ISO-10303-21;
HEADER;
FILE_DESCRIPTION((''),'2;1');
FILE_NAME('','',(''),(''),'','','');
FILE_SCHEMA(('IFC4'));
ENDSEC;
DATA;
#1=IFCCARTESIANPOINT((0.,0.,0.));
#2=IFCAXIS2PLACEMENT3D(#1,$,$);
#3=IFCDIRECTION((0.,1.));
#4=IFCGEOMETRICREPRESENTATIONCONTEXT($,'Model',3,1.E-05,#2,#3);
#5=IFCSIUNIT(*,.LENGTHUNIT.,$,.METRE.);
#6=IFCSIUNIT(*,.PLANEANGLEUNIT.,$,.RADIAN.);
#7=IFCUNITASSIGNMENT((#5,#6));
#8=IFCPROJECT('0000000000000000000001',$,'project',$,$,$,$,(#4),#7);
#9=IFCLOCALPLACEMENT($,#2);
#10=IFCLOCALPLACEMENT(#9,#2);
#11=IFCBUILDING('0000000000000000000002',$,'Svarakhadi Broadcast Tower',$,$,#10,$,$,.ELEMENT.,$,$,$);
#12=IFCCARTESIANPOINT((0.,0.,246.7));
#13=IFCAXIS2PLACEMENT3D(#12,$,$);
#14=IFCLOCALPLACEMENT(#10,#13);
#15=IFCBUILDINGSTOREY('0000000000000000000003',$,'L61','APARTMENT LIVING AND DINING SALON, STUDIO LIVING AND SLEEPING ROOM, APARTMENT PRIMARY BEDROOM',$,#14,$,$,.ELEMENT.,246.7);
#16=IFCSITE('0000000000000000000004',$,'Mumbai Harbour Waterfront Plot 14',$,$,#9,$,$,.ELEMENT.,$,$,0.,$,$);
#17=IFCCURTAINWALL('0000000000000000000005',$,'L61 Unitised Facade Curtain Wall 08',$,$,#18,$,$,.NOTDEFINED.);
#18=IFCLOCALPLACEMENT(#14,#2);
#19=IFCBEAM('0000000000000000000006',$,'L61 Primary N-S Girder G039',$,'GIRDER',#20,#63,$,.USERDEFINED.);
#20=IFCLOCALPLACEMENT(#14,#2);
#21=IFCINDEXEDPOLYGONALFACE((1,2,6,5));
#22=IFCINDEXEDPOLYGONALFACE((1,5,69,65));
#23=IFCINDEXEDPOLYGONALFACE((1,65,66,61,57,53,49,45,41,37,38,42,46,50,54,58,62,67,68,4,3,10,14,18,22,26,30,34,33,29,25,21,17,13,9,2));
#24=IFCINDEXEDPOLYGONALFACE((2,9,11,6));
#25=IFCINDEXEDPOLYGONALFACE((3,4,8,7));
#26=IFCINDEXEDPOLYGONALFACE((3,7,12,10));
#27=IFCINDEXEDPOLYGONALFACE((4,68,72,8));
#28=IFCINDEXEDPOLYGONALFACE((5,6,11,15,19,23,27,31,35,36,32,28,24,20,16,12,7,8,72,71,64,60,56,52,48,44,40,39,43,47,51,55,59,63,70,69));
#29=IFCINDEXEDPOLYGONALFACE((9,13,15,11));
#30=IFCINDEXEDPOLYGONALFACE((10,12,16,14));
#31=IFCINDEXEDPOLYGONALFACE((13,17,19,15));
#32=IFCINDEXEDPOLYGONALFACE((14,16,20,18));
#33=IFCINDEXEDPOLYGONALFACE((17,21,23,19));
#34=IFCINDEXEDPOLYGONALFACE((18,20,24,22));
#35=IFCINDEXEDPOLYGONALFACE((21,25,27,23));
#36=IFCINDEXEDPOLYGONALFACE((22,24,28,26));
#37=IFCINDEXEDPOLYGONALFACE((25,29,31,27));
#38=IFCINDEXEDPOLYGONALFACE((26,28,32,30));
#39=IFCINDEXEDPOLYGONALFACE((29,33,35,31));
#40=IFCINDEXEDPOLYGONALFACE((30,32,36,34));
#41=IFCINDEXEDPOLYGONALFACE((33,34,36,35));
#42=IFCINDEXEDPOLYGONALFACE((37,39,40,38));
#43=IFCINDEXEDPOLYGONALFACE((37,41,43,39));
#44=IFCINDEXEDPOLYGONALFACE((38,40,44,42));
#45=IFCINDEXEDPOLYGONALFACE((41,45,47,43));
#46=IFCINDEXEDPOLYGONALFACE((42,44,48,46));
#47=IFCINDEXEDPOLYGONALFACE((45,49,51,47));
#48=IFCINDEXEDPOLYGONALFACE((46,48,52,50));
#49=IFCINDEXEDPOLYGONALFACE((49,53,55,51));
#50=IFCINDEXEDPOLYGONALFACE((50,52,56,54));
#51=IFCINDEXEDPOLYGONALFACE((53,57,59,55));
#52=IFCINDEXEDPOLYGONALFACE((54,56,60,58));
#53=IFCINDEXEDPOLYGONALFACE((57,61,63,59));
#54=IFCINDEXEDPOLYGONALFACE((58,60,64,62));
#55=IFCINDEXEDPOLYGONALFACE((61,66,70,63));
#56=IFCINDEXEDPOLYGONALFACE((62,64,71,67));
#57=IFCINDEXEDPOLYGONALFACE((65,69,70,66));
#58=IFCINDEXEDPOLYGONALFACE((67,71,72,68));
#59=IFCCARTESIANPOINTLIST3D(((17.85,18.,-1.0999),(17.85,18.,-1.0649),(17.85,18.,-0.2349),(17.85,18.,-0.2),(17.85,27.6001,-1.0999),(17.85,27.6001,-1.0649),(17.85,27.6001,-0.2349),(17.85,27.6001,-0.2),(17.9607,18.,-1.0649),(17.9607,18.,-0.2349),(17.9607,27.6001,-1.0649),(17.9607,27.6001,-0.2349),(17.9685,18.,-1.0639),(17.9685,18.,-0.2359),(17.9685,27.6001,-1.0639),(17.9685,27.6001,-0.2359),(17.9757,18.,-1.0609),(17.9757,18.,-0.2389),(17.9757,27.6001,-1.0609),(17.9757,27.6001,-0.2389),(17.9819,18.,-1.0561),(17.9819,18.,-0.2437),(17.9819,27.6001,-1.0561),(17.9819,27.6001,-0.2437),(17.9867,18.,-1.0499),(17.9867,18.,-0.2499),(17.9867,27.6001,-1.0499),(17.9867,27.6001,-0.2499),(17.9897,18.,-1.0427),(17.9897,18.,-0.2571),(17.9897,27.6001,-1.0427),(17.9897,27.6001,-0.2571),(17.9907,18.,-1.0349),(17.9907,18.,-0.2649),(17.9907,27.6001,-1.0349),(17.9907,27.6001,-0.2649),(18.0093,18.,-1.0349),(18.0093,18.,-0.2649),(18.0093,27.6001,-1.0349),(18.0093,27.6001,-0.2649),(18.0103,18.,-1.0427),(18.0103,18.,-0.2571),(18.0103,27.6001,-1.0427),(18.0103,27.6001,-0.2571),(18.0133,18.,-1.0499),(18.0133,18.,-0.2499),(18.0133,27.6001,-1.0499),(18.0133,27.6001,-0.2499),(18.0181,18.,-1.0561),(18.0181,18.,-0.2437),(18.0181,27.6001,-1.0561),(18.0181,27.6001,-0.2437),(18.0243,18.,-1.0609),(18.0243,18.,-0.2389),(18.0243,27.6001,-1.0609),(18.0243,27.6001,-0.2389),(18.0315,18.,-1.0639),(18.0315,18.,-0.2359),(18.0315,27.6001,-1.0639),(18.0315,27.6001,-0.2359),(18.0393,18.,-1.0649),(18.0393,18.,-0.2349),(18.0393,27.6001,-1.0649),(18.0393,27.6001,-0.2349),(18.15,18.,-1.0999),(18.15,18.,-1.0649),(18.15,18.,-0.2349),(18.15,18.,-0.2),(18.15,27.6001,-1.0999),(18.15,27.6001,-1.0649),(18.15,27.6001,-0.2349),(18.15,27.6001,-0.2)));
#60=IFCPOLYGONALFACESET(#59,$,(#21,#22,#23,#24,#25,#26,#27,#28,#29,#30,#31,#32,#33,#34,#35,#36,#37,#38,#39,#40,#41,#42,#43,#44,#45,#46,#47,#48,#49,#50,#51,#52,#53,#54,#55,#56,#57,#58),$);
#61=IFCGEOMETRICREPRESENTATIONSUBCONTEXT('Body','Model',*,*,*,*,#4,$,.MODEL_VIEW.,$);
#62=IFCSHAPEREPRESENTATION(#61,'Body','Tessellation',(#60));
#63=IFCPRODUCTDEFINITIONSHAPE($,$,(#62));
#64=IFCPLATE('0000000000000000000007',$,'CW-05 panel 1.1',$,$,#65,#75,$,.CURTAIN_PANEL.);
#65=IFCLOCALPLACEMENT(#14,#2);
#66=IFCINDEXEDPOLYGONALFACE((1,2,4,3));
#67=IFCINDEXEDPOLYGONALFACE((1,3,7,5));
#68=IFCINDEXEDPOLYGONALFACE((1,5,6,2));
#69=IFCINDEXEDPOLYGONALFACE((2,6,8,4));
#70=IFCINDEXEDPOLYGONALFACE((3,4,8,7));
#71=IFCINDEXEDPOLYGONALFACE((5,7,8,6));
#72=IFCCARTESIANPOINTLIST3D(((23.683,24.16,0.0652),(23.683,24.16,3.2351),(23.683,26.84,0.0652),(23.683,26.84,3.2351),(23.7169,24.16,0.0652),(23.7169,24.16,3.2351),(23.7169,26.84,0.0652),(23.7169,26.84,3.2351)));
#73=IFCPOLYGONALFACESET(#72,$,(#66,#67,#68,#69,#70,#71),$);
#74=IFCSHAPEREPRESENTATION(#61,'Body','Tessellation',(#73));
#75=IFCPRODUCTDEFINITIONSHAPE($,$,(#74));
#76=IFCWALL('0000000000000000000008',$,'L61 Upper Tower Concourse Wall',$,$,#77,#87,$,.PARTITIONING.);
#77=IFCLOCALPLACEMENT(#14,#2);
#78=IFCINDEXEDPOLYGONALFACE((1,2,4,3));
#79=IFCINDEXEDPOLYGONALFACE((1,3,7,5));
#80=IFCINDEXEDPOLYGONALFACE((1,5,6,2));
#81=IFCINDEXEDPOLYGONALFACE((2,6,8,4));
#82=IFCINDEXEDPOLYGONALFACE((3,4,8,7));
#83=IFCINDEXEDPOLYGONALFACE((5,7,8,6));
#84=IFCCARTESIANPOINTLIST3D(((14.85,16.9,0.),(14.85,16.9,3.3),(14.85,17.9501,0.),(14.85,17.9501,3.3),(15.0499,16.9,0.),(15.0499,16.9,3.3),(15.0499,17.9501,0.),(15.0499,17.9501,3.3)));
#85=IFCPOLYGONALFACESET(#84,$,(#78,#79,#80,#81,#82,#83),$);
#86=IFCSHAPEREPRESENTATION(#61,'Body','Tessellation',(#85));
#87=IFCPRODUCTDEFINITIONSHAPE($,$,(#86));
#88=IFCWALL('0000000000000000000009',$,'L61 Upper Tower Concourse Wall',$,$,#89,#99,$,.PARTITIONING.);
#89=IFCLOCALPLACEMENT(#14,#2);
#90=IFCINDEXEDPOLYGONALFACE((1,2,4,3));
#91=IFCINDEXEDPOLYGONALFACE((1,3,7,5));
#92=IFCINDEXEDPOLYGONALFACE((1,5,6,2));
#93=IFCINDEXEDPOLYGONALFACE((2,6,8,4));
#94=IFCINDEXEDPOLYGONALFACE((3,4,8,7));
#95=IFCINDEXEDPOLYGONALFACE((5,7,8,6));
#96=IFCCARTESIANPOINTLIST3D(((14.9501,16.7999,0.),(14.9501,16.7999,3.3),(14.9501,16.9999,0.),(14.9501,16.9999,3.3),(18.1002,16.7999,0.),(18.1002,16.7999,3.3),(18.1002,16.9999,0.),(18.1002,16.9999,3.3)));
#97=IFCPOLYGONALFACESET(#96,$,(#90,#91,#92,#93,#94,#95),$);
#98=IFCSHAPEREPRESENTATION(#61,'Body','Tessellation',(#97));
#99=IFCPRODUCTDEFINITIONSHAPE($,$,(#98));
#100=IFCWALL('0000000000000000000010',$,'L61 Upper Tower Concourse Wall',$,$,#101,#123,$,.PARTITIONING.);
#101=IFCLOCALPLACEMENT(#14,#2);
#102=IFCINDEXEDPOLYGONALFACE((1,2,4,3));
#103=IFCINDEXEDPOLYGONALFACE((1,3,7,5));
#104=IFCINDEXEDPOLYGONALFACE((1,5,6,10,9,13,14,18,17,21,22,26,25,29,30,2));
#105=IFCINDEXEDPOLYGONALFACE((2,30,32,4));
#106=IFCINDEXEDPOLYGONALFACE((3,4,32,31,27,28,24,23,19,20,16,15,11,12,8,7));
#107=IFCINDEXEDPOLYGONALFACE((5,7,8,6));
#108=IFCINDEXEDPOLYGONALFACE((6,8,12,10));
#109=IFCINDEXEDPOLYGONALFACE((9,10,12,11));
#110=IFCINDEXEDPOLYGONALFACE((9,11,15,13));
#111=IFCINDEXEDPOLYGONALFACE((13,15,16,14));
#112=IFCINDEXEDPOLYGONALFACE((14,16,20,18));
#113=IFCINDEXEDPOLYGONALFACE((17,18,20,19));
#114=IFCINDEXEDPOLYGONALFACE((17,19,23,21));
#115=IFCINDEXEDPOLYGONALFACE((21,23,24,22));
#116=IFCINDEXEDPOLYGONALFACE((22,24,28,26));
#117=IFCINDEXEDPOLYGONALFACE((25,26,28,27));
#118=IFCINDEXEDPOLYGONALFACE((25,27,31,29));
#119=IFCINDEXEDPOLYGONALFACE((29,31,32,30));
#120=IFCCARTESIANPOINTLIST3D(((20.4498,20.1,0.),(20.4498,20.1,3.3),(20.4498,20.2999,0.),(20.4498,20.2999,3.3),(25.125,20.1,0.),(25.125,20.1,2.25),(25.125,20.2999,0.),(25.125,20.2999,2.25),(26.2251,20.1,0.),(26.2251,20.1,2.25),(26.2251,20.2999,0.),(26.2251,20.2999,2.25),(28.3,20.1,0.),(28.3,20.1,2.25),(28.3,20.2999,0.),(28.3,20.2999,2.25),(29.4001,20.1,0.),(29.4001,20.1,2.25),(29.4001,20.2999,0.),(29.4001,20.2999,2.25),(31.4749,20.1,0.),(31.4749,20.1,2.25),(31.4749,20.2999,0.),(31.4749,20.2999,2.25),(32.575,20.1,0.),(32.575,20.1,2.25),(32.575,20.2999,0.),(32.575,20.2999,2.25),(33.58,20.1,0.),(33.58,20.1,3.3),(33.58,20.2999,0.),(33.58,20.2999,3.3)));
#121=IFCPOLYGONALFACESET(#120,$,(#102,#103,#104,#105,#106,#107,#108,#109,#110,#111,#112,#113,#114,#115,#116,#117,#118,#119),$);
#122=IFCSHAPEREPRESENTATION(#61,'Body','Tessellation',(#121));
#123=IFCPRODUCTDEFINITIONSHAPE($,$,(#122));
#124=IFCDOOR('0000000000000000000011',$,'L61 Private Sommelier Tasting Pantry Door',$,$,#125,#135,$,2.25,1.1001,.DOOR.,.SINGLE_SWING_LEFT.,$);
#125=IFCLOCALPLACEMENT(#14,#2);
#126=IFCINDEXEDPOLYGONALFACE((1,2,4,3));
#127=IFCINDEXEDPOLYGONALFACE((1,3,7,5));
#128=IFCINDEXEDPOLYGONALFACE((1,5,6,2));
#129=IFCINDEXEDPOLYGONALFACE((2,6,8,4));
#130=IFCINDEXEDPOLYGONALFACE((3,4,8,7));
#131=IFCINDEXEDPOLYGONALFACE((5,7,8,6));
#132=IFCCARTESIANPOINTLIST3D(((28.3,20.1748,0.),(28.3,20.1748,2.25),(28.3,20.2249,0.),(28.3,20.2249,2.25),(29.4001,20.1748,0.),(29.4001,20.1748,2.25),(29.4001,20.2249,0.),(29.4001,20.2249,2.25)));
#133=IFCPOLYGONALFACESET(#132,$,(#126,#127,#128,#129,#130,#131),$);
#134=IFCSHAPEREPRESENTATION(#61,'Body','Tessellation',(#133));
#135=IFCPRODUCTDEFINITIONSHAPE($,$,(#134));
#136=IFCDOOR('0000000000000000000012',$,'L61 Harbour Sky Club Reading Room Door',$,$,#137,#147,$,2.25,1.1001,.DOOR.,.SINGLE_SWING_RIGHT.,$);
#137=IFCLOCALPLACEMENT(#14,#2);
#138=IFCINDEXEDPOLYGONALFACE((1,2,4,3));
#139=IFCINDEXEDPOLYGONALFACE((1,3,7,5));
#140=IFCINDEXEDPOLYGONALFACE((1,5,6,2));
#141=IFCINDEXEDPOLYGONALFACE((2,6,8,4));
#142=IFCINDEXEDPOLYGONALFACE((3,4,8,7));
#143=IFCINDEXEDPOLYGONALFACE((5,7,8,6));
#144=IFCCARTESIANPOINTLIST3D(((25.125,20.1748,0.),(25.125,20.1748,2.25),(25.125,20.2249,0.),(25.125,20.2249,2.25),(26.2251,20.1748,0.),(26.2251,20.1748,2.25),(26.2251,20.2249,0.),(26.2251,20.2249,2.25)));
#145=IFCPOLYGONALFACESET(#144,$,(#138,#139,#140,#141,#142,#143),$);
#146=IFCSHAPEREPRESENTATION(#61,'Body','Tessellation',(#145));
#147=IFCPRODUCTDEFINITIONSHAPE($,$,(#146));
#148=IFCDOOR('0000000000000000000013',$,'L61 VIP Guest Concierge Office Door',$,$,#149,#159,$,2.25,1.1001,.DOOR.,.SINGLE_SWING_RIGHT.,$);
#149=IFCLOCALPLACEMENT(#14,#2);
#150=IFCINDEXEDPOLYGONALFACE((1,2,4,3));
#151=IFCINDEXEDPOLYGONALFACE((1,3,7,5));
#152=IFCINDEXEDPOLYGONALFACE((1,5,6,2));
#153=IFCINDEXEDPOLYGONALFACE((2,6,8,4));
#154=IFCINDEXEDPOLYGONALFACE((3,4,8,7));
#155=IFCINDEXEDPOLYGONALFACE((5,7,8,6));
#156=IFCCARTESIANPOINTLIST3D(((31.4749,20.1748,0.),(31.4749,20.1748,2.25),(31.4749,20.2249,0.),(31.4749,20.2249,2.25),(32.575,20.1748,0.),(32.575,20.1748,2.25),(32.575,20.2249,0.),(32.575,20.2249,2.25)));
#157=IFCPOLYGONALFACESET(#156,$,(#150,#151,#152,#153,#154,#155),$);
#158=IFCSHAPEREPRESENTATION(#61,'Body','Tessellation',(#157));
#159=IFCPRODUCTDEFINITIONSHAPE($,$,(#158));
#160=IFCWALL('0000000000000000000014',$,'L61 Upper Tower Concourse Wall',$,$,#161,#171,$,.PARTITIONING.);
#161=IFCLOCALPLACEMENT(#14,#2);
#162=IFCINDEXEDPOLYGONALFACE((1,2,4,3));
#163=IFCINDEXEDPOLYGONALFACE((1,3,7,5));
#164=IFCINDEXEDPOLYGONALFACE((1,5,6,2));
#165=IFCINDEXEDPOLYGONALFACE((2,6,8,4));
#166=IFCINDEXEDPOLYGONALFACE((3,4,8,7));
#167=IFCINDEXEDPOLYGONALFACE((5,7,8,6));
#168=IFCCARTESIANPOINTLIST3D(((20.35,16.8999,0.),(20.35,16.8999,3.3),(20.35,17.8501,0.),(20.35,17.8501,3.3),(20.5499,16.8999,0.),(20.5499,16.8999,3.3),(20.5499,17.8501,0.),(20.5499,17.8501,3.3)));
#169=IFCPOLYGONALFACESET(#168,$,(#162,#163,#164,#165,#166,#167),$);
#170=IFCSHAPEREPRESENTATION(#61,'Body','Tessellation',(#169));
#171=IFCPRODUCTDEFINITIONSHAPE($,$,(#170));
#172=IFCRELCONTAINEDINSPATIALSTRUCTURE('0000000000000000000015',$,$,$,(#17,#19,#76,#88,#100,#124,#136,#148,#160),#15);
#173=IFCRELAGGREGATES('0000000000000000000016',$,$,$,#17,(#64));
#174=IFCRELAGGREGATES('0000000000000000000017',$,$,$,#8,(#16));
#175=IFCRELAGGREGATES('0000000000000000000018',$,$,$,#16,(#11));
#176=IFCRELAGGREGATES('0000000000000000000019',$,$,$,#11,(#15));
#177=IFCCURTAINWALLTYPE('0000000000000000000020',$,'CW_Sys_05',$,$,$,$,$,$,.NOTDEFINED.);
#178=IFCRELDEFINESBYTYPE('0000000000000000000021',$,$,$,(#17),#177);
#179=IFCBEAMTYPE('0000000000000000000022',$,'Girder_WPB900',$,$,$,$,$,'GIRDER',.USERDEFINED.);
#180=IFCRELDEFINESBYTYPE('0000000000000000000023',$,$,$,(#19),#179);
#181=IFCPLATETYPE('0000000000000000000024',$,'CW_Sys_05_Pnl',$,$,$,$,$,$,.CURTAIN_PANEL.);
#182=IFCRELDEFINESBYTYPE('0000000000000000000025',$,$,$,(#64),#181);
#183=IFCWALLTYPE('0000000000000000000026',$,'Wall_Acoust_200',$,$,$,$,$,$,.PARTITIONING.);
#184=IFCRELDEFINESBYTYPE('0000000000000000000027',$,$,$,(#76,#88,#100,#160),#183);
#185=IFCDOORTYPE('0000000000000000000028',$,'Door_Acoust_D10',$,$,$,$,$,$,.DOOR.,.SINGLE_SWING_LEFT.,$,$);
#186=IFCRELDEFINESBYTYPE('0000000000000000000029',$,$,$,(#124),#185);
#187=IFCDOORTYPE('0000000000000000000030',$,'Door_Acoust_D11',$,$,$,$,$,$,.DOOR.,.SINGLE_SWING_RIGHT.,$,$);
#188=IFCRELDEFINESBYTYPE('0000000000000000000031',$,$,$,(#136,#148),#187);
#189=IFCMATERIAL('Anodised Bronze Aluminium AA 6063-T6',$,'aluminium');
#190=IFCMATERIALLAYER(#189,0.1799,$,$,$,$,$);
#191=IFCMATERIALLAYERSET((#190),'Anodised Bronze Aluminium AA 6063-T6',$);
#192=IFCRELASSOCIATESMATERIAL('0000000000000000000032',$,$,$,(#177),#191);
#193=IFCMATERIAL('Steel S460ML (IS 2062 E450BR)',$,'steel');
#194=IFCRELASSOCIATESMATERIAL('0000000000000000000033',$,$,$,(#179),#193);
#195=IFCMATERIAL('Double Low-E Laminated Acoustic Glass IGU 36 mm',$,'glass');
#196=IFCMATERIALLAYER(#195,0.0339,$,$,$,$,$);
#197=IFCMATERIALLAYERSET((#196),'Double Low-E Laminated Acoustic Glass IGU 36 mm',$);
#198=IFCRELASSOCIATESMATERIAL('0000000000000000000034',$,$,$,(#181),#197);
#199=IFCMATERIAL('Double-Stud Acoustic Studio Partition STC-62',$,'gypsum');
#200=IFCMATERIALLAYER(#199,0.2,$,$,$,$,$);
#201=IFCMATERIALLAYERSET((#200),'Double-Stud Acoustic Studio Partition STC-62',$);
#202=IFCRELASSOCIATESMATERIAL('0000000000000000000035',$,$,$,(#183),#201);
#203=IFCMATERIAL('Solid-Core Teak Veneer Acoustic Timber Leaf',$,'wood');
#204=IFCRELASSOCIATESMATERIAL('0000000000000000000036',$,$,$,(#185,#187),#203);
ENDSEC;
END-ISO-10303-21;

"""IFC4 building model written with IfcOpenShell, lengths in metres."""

from ifc_helpers import new_model, si_unit, direction, frame, frame_2d, origin, origin_2d, place, context, subcontext, project, spatial, rectangle, i_section, extrude, material, layer, layer_set, material_profile, profile_set, type_object, element, fill, aggregate, save


model = new_model("IFC4")

# Units and contexts
model_context = context("Model", 3, precision=1e-05, world=origin(), true_north=direction((0.0, 1.0)))
body_context = subcontext(model_context, "Body", "Model", "MODEL_VIEW")
ifc_project = project(units=[si_unit("LENGTHUNIT", "METRE"), si_unit("PLANEANGLEUNIT", "RADIAN")], contexts=[model_context])

# Site, building, storey
site_placement = place(None, origin())
site = spatial("IfcSite", under=ifc_project, at=site_placement, Name="Mumbai Harbour Waterfront Plot 14", CompositionType="ELEMENT", RefElevation=0.0)
building_placement = place(site_placement, origin())
building = spatial("IfcBuilding", under=site, at=building_placement, Name="Svarakhadi Broadcast Tower", CompositionType="ELEMENT")
storey_placement = place(building_placement, frame((0.0, 0.0, 246.7)))
storey = spatial("IfcBuildingStorey", under=building, at=storey_placement, Name="L61", Description="APARTMENT LIVING AND DINING SALON, STUDIO LIVING AND SLEEPING ROOM, APARTMENT PRIMARY BEDROOM", CompositionType="ELEMENT", Elevation=246.7)

# Curtain wall
ifc_material_1 = material(Name="Anodised Bronze Aluminium AA 6063-T6", Category="aluminium")
ifc_layer_1 = layer(ifc_material_1, 0.1799)
ifc_layer_set_1 = layer_set([ifc_layer_1], Name="Anodised Bronze Aluminium AA 6063-T6")
curtain_wall_type = type_object("IfcCurtainWallType", Name="CW_Sys_05", PredefinedType="NOTDEFINED", material=ifc_layer_set_1)
curtain_wall_1_placement = place(storey_placement, origin())
curtain_wall_1 = element("IfcCurtainWall", 1, at=curtain_wall_1_placement, inside=storey, type_object=curtain_wall_type, Name="L61 Unitised Facade Curtain Wall 08", PredefinedType="NOTDEFINED")

# Beam
ifc_material_2 = material(Name="Steel S460ML (IS 2062 E450BR)", Category="steel")
ifc_material_profile_1 = material_profile(ifc_material_2, i_section(OverallWidth=0.3, OverallDepth=0.8999, WebThickness=0.0186, FlangeThickness=0.0349, FilletRadius=0.03, at=origin_2d()), Name="WPB 900x300x291")
ifc_profile_set_1 = profile_set([ifc_material_profile_1], Name="Steel S460ML (IS 2062 E450BR)")
beam_type_1 = type_object("IfcBeamType", Name="Girder_WPB900", ElementType="GIRDER", PredefinedType="USERDEFINED", material=ifc_profile_set_1)
beam_1_placement = place(storey_placement, frame((18.0, 18.0, -0.6499), z_axis=(0.0, 1.0, 0.0), x_axis=(-1.0, 0.0, 0.0)))
element("IfcBeam", 2, at=beam_1_placement, inside=storey, type_object=beam_type_1, Name="L61 Primary N-S Girder G039", ObjectType="GIRDER", PredefinedType="USERDEFINED", context=body_context, shape_type="SweptSolid", body=[
    extrude(i_section(OverallWidth=0.3, OverallDepth=0.8999, WebThickness=0.0186, FlangeThickness=0.0349, FilletRadius=0.03, at=origin_2d()), origin(), (0.0, 0.0, 1.0), 9.6001),
])

# Plate
ifc_material_3 = material(Name="Double Low-E Laminated Acoustic Glass IGU 36 mm", Category="glass")
ifc_layer_2 = layer(ifc_material_3, 0.0339)
ifc_layer_set_2 = layer_set([ifc_layer_2], Name="Double Low-E Laminated Acoustic Glass IGU 36 mm")
plate_type = type_object("IfcPlateType", Name="CW_Sys_05_Pnl", PredefinedType="CURTAIN_PANEL", material=ifc_layer_set_2)
plate_placement = place(storey_placement, frame((23.7, 25.5, 0.0652), z_axis=(0.0, 0.0, 1.0), x_axis=(0.0, -1.0, 0.0)))
plate = element("IfcPlate", 3, at=plate_placement, type_object=plate_type, Name="CW-05 panel 1.1", PredefinedType="CURTAIN_PANEL", context=body_context, shape_type="SweptSolid", body=[
    extrude(rectangle(XDim=2.6799, YDim=0.0339, at=origin_2d()), origin(), (0.0, 0.0, 1.0), 3.1699),
])
aggregate(curtain_wall_1, [plate])

# Walls
ifc_material_4 = material(Name="Double-Stud Acoustic Studio Partition STC-62", Category="gypsum")
ifc_layer_3 = layer(ifc_material_4, 0.2)
ifc_layer_set_3 = layer_set([ifc_layer_3], Name="Double-Stud Acoustic Studio Partition STC-62")
wall_type_1 = type_object("IfcWallType", Name="Wall_Acoust_200", PredefinedType="PARTITIONING", material=ifc_layer_set_3)
wall_1_placement = place(storey_placement, frame((14.95, 17.95, 0.0), z_axis=(0.0, 0.0, 1.0), x_axis=(0.0, -1.0, 0.0)))
element("IfcWall", 4, at=wall_1_placement, inside=storey, type_object=wall_type_1, Name="L61 Upper Tower Concourse Wall", PredefinedType="PARTITIONING", context=body_context, shape_type="SweptSolid", body=[
    extrude(rectangle(XDim=1.05, YDim=0.2, at=frame_2d((0.5249, 0.0))), origin(), (0.0, 0.0, 1.0), 3.3),
])
wall_2_placement = place(storey_placement, frame((14.95, 16.8999, 0.0), z_axis=(0.0, 0.0, 1.0), x_axis=(1.0, 0.0, 0.0)))
element("IfcWall", 5, at=wall_2_placement, inside=storey, type_object=wall_type_1, Name="L61 Upper Tower Concourse Wall", PredefinedType="PARTITIONING", context=body_context, shape_type="SweptSolid", body=[
    extrude(rectangle(XDim=3.1501, YDim=0.2, at=frame_2d((1.5752, 0.0))), origin(), (0.0, 0.0, 1.0), 3.3),
])

# Wall, openings, doors
wall_3_placement = place(storey_placement, frame((20.45, 20.2, 0.0), z_axis=(0.0, 0.0, 1.0), x_axis=(1.0, 0.0, 0.0)))
wall_3 = element("IfcWall", 6, at=wall_3_placement, inside=storey, type_object=wall_type_1, Name="L61 Upper Tower Concourse Wall", PredefinedType="PARTITIONING", context=body_context, shape_type="SweptSolid", body=[
    extrude(rectangle(XDim=13.1301, YDim=0.2, at=frame_2d((6.5649, 0.0))), origin(), (0.0, 0.0, 1.0), 3.3),
])
opening_1_placement = place(wall_3_placement, frame((4.675, 0.0, 0.0)))
opening_1 = element("IfcOpeningElement", 7, at=opening_1_placement, cuts=wall_3, PredefinedType="OPENING", context=body_context, shape_type="SweptSolid", body=[
    extrude(rectangle(XDim=1.1001, YDim=2.25, at=frame_2d((0.55, 1.125))), frame((0.0, 0.1099, 0.0), z_axis=(0.0, -1.0, 0.0), x_axis=(1.0, 0.0, 0.0)), (0.0, 0.0, 1.0), 0.22),
])
opening_2_placement = place(wall_3_placement, frame((7.8501, 0.0, 0.0)))
opening_2 = element("IfcOpeningElement", 8, at=opening_2_placement, cuts=wall_3, PredefinedType="OPENING", context=body_context, shape_type="SweptSolid", body=[
    extrude(rectangle(XDim=1.1001, YDim=2.25, at=frame_2d((0.55, 1.125))), frame((0.0, 0.1099, 0.0), z_axis=(0.0, -1.0, 0.0), x_axis=(1.0, 0.0, 0.0)), (0.0, 0.0, 1.0), 0.22),
])
opening_3_placement = place(wall_3_placement, frame((11.0249, 0.0, 0.0)))
opening_3 = element("IfcOpeningElement", 9, at=opening_3_placement, cuts=wall_3, PredefinedType="OPENING", context=body_context, shape_type="SweptSolid", body=[
    extrude(rectangle(XDim=1.1001, YDim=2.25, at=frame_2d((0.55, 1.125))), frame((0.0, 0.1099, 0.0), z_axis=(0.0, -1.0, 0.0), x_axis=(1.0, 0.0, 0.0)), (0.0, 0.0, 1.0), 0.22),
])
ifc_material_5 = material(Name="Solid-Core Teak Veneer Acoustic Timber Leaf", Category="wood")
door_type_1 = type_object("IfcDoorType", Name="Door_Acoust_D10", OperationType="SINGLE_SWING_LEFT", PredefinedType="DOOR", material=ifc_material_5)
door_1_placement = place(opening_2_placement, origin())
door_1 = element("IfcDoor", 10, at=door_1_placement, inside=storey, type_object=door_type_1, Name="L61 Private Sommelier Tasting Pantry Door", OperationType="SINGLE_SWING_LEFT", OverallHeight=2.25, OverallWidth=1.1001, PredefinedType="DOOR", context=body_context, shape_type="SweptSolid", body=[
    extrude(rectangle(XDim=1.1001, YDim=2.25, at=frame_2d((0.55, 1.125))), frame((0.0, 0.0249, 0.0), z_axis=(0.0, -1.0, 0.0), x_axis=(1.0, 0.0, 0.0)), (0.0, 0.0, 1.0), 0.05),
])
fill(opening_2, door_1)
door_type_2 = type_object("IfcDoorType", Name="Door_Acoust_D11", OperationType="SINGLE_SWING_RIGHT", PredefinedType="DOOR", material=ifc_material_5)
door_2_placement = place(opening_1_placement, origin())
door_2 = element("IfcDoor", 11, at=door_2_placement, inside=storey, type_object=door_type_2, Name="L61 Harbour Sky Club Reading Room Door", OperationType="SINGLE_SWING_RIGHT", OverallHeight=2.25, OverallWidth=1.1001, PredefinedType="DOOR", context=body_context, shape_type="SweptSolid", body=[
    extrude(rectangle(XDim=1.1001, YDim=2.25, at=frame_2d((0.55, 1.125))), frame((0.0, 0.0249, 0.0), z_axis=(0.0, -1.0, 0.0), x_axis=(1.0, 0.0, 0.0)), (0.0, 0.0, 1.0), 0.05),
])
fill(opening_1, door_2)
door_3_placement = place(opening_3_placement, origin())
door_3 = element("IfcDoor", 12, at=door_3_placement, inside=storey, type_object=door_type_2, Name="L61 VIP Guest Concierge Office Door", OperationType="SINGLE_SWING_RIGHT", OverallHeight=2.25, OverallWidth=1.1001, PredefinedType="DOOR", context=body_context, shape_type="SweptSolid", body=[
    extrude(rectangle(XDim=1.1001, YDim=2.25, at=frame_2d((0.55, 1.125))), frame((0.0, 0.0249, 0.0), z_axis=(0.0, -1.0, 0.0), x_axis=(1.0, 0.0, 0.0)), (0.0, 0.0, 1.0), 0.05),
])
fill(opening_3, door_3)

# Wall
wall_4_placement = place(storey_placement, frame((20.45, 17.8501, 0.0), z_axis=(0.0, 0.0, 1.0), x_axis=(0.0, -1.0, 0.0)))
element("IfcWall", 13, at=wall_4_placement, inside=storey, type_object=wall_type_1, Name="L61 Upper Tower Concourse Wall", PredefinedType="PARTITIONING", context=body_context, shape_type="SweptSolid", body=[
    extrude(rectangle(XDim=0.9502, YDim=0.2, at=frame_2d((0.4751, 0.0))), origin(), (0.0, 0.0, 1.0), 3.3),
])

save(model, "model.ifc")
